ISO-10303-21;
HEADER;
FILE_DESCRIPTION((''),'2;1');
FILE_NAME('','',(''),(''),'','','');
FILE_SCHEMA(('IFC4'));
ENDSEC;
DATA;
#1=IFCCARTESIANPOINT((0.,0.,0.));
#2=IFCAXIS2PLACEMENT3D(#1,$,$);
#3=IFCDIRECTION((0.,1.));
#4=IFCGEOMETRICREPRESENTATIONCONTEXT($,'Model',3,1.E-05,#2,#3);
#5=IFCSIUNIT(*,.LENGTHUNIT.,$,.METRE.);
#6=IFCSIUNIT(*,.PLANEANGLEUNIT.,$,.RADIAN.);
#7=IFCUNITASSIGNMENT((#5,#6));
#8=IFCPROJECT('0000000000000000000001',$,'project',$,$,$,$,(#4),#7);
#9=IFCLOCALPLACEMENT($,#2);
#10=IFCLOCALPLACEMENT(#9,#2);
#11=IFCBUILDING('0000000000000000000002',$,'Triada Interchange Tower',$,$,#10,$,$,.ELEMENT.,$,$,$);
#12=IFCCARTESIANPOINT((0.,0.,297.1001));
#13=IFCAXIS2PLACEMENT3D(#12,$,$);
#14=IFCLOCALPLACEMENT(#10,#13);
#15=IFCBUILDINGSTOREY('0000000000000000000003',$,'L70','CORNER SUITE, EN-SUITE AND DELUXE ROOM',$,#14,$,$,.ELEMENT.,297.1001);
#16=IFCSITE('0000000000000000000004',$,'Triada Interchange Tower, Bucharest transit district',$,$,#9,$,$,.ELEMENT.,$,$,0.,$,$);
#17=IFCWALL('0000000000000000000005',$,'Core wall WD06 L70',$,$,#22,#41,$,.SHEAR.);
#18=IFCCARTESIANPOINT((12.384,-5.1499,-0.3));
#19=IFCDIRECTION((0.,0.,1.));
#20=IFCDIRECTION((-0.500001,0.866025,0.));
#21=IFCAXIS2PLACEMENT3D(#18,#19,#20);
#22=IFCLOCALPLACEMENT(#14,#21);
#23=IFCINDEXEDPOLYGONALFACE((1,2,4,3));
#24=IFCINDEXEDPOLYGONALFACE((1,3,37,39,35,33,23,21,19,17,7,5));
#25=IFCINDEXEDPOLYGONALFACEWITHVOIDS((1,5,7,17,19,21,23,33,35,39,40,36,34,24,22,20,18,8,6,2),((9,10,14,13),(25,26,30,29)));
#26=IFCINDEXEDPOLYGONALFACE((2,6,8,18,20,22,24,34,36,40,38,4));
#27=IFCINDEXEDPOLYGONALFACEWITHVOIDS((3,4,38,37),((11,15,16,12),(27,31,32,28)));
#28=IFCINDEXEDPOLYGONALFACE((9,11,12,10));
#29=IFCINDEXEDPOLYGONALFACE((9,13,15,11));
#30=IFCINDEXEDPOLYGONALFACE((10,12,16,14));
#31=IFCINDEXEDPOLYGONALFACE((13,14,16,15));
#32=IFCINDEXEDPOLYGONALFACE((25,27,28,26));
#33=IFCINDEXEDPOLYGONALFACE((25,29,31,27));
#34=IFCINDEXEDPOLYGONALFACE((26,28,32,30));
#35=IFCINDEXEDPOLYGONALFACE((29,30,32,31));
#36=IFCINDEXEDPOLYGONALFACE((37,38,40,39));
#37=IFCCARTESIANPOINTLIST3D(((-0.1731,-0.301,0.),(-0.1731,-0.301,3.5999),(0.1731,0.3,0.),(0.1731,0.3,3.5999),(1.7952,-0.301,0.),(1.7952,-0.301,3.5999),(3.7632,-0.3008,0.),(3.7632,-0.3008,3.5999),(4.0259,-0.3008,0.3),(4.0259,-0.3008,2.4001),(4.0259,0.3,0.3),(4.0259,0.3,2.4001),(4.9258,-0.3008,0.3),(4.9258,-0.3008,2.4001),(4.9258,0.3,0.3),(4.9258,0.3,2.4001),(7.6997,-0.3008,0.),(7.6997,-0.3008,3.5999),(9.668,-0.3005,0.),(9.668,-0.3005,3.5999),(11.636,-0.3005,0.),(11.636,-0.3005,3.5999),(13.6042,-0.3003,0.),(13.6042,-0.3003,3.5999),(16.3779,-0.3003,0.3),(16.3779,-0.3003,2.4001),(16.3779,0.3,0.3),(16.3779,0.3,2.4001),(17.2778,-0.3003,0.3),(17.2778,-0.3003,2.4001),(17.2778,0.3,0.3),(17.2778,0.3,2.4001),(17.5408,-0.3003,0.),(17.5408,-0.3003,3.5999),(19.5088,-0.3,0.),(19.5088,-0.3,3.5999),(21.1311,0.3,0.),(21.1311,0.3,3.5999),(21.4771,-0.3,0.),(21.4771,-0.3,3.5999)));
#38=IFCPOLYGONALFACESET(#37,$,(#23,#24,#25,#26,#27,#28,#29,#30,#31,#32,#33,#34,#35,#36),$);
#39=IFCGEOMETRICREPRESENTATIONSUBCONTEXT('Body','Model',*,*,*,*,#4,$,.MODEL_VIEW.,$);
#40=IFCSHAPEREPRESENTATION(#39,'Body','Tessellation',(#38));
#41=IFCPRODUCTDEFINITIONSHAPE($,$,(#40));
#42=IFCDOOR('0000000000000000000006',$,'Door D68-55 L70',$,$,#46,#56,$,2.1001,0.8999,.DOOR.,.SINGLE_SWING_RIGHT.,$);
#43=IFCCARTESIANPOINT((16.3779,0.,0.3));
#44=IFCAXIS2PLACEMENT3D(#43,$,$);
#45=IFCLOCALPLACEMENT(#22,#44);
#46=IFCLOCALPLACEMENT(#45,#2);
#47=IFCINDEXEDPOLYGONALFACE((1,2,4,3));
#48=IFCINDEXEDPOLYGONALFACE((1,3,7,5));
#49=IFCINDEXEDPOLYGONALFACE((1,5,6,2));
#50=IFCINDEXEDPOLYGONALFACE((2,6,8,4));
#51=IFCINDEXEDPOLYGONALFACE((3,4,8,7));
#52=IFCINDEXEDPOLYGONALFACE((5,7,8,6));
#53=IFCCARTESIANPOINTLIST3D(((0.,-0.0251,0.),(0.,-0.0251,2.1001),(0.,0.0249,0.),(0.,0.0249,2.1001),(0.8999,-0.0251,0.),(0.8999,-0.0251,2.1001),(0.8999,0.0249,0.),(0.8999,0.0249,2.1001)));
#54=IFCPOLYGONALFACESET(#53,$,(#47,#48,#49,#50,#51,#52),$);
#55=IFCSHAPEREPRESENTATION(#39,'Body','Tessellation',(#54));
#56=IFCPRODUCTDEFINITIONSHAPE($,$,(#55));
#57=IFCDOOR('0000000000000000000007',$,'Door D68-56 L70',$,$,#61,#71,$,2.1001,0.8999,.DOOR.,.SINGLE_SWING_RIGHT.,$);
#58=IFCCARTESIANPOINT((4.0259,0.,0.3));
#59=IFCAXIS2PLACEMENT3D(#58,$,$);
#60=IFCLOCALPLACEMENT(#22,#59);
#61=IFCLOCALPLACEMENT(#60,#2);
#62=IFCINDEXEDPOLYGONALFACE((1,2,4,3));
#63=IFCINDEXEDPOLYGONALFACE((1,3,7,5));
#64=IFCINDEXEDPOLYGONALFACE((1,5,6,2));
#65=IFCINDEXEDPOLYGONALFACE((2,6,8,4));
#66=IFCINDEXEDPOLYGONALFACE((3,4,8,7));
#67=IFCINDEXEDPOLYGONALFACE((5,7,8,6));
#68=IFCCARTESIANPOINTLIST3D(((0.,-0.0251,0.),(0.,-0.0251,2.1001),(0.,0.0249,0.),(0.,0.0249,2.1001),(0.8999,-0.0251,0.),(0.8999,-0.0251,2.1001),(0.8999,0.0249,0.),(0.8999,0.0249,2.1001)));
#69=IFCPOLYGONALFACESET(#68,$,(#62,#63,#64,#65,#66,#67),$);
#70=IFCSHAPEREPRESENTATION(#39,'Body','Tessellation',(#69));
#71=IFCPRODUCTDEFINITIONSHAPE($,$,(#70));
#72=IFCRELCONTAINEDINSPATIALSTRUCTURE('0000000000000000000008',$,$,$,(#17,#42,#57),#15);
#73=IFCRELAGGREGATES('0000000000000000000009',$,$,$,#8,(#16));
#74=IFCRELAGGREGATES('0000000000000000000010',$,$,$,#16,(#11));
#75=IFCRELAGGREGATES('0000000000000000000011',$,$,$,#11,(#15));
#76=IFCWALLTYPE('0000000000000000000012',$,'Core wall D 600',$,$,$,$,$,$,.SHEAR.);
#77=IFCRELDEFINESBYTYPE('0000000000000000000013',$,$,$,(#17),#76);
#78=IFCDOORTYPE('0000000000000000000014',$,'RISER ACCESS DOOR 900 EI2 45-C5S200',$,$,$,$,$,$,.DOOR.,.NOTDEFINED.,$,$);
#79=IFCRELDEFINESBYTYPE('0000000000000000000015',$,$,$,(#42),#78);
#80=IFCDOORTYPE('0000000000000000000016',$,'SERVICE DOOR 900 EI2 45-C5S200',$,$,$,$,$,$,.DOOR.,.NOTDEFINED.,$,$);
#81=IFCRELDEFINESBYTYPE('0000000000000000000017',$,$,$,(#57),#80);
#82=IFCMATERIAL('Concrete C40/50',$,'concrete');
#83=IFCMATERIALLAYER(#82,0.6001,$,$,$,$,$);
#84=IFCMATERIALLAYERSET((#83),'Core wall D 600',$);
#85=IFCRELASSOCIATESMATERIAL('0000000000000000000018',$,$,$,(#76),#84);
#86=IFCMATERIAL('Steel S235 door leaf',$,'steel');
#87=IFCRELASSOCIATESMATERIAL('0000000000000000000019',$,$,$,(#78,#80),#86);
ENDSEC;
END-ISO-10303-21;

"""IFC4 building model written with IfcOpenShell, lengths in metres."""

from ifc_helpers import new_model, si_unit, direction, frame, frame_2d, origin, place, context, subcontext, project, spatial, polyline, rectangle, outline, extrude, material, layer, layer_set, type_object, element, fill, save


model = new_model("IFC4")

# Units and contexts
model_context = context("Model", 3, precision=1e-05, world=origin(), true_north=direction((0.0, 1.0)))
body_context = subcontext(model_context, "Body", "Model", "MODEL_VIEW")
ifc_project = project(units=[si_unit("LENGTHUNIT", "METRE"), si_unit("PLANEANGLEUNIT", "RADIAN")], contexts=[model_context])

# Site, building, storey
site_placement = place(None, origin())
site = spatial("IfcSite", under=ifc_project, at=site_placement, Name="Triada Interchange Tower, Bucharest transit district", CompositionType="ELEMENT", RefElevation=0.0)
building_placement = place(site_placement, origin())
building = spatial("IfcBuilding", under=site, at=building_placement, Name="Triada Interchange Tower", CompositionType="ELEMENT")
storey_placement = place(building_placement, frame((0.0, 0.0, 297.1001)))
storey = spatial("IfcBuildingStorey", under=building, at=storey_placement, Name="L70", Description="CORNER SUITE, EN-SUITE AND DELUXE ROOM", CompositionType="ELEMENT", Elevation=297.1001)

# Shared definitions
ifc_material_1 = material(Name="Concrete C40/50", Category="concrete")

# Wall, openings, doors
ifc_layer_1 = layer(ifc_material_1, 0.6001)
ifc_layer_set_1 = layer_set([ifc_layer_1], Name="Core wall D 600")
wall_type_1 = type_object("IfcWallType", Name="Core wall D 600", PredefinedType="SHEAR", material=ifc_layer_set_1)
wall_1_placement = place(storey_placement, frame((12.384, -5.1499, -0.3), z_axis=(0.0, 0.0, 1.0), x_axis=(-0.500001, 0.866025, 0.0)))
wall_1 = element("IfcWall", 1, at=wall_1_placement, inside=storey, type_object=wall_type_1, Name="Core wall WD06 L70", PredefinedType="SHEAR", context=body_context, shape_type="SweptSolid", body=[
    extrude(outline(polyline([(-0.1731, -0.301), (1.7952, -0.301), (3.7632, -0.3008), (5.7314, -0.3008), (7.6997, -0.3008), (9.668, -0.3005), (11.636, -0.3005), (13.6042, -0.3003), (15.5725, -0.3003), (17.5408, -0.3003), (19.5088, -0.3), (21.4771, -0.3), (21.1311, 0.3), (19.2258, 0.3), (17.3206, 0.3), (15.4153, 0.3), (13.51, 0.3), (11.6047, 0.3), (9.6995, 0.3), (7.7942, 0.3), (5.8889, 0.3), (3.9836, 0.3), (2.0784, 0.3), (0.1731, 0.3), (-0.1731, -0.301)])), origin(), (0.0, 0.0, 1.0), 3.5999),
])
opening_1_placement = place(wall_1_placement, frame((16.3779, 0.0, 0.3)))
opening_1 = element("IfcOpeningElement", 2, at=opening_1_placement, cuts=wall_1, PredefinedType="OPENING", context=body_context, shape_type="SweptSolid", body=[
    extrude(rectangle(XDim=0.8999, YDim=2.1001, at=frame_2d((0.45, 1.05))), frame((0.0, 0.3101, 0.0), z_axis=(0.0, -1.0, 0.0), x_axis=(1.0, 0.0, 0.0)), (0.0, 0.0, 1.0), 0.6211),
])
opening_2_placement = place(wall_1_placement, frame((4.0259, 0.0, 0.3)))
opening_2 = element("IfcOpeningElement", 3, at=opening_2_placement, cuts=wall_1, PredefinedType="OPENING", context=body_context, shape_type="SweptSolid", body=[
    extrude(rectangle(XDim=0.8999, YDim=2.1001, at=frame_2d((0.45, 1.05))), frame((0.0, 0.3101, 0.0), z_axis=(0.0, -1.0, 0.0), x_axis=(1.0, 0.0, 0.0)), (0.0, 0.0, 1.0), 0.6211),
])
ifc_material_2 = material(Name="Steel S235 door leaf", Category="steel")
door_type_1 = type_object("IfcDoorType", Name="RISER ACCESS DOOR 900 EI2 45-C5S200", OperationType="NOTDEFINED", PredefinedType="DOOR", material=ifc_material_2)
door_1_placement = place(opening_1_placement, origin())
door_1 = element("IfcDoor", 4, at=door_1_placement, inside=storey, type_object=door_type_1, Name="Door D68-55 L70", OperationType="SINGLE_SWING_RIGHT", OverallHeight=2.1001, OverallWidth=0.8999, PredefinedType="DOOR", context=body_context, shape_type="SweptSolid", body=[
    extrude(rectangle(XDim=0.8999, YDim=2.1001, at=frame_2d((0.45, 1.05))), frame((0.0, 0.0249, 0.0), z_axis=(0.0, -1.0, 0.0), x_axis=(1.0, 0.0, 0.0)), (0.0, 0.0, 1.0), 0.05),
])
fill(opening_1, door_1)
door_type_2 = type_object("IfcDoorType", Name="SERVICE DOOR 900 EI2 45-C5S200", OperationType="NOTDEFINED", PredefinedType="DOOR", material=ifc_material_2)
door_2_placement = place(opening_2_placement, origin())
door_2 = element("IfcDoor", 5, at=door_2_placement, inside=storey, type_object=door_type_2, Name="Door D68-56 L70", OperationType="SINGLE_SWING_RIGHT", OverallHeight=2.1001, OverallWidth=0.8999, PredefinedType="DOOR", context=body_context, shape_type="SweptSolid", body=[
    extrude(rectangle(XDim=0.8999, YDim=2.1001, at=frame_2d((0.45, 1.05))), frame((0.0, 0.0249, 0.0), z_axis=(0.0, -1.0, 0.0), x_axis=(1.0, 0.0, 0.0)), (0.0, 0.0, 1.0), 0.05),
])
fill(opening_2, door_2)

save(model, "model.ifc")
